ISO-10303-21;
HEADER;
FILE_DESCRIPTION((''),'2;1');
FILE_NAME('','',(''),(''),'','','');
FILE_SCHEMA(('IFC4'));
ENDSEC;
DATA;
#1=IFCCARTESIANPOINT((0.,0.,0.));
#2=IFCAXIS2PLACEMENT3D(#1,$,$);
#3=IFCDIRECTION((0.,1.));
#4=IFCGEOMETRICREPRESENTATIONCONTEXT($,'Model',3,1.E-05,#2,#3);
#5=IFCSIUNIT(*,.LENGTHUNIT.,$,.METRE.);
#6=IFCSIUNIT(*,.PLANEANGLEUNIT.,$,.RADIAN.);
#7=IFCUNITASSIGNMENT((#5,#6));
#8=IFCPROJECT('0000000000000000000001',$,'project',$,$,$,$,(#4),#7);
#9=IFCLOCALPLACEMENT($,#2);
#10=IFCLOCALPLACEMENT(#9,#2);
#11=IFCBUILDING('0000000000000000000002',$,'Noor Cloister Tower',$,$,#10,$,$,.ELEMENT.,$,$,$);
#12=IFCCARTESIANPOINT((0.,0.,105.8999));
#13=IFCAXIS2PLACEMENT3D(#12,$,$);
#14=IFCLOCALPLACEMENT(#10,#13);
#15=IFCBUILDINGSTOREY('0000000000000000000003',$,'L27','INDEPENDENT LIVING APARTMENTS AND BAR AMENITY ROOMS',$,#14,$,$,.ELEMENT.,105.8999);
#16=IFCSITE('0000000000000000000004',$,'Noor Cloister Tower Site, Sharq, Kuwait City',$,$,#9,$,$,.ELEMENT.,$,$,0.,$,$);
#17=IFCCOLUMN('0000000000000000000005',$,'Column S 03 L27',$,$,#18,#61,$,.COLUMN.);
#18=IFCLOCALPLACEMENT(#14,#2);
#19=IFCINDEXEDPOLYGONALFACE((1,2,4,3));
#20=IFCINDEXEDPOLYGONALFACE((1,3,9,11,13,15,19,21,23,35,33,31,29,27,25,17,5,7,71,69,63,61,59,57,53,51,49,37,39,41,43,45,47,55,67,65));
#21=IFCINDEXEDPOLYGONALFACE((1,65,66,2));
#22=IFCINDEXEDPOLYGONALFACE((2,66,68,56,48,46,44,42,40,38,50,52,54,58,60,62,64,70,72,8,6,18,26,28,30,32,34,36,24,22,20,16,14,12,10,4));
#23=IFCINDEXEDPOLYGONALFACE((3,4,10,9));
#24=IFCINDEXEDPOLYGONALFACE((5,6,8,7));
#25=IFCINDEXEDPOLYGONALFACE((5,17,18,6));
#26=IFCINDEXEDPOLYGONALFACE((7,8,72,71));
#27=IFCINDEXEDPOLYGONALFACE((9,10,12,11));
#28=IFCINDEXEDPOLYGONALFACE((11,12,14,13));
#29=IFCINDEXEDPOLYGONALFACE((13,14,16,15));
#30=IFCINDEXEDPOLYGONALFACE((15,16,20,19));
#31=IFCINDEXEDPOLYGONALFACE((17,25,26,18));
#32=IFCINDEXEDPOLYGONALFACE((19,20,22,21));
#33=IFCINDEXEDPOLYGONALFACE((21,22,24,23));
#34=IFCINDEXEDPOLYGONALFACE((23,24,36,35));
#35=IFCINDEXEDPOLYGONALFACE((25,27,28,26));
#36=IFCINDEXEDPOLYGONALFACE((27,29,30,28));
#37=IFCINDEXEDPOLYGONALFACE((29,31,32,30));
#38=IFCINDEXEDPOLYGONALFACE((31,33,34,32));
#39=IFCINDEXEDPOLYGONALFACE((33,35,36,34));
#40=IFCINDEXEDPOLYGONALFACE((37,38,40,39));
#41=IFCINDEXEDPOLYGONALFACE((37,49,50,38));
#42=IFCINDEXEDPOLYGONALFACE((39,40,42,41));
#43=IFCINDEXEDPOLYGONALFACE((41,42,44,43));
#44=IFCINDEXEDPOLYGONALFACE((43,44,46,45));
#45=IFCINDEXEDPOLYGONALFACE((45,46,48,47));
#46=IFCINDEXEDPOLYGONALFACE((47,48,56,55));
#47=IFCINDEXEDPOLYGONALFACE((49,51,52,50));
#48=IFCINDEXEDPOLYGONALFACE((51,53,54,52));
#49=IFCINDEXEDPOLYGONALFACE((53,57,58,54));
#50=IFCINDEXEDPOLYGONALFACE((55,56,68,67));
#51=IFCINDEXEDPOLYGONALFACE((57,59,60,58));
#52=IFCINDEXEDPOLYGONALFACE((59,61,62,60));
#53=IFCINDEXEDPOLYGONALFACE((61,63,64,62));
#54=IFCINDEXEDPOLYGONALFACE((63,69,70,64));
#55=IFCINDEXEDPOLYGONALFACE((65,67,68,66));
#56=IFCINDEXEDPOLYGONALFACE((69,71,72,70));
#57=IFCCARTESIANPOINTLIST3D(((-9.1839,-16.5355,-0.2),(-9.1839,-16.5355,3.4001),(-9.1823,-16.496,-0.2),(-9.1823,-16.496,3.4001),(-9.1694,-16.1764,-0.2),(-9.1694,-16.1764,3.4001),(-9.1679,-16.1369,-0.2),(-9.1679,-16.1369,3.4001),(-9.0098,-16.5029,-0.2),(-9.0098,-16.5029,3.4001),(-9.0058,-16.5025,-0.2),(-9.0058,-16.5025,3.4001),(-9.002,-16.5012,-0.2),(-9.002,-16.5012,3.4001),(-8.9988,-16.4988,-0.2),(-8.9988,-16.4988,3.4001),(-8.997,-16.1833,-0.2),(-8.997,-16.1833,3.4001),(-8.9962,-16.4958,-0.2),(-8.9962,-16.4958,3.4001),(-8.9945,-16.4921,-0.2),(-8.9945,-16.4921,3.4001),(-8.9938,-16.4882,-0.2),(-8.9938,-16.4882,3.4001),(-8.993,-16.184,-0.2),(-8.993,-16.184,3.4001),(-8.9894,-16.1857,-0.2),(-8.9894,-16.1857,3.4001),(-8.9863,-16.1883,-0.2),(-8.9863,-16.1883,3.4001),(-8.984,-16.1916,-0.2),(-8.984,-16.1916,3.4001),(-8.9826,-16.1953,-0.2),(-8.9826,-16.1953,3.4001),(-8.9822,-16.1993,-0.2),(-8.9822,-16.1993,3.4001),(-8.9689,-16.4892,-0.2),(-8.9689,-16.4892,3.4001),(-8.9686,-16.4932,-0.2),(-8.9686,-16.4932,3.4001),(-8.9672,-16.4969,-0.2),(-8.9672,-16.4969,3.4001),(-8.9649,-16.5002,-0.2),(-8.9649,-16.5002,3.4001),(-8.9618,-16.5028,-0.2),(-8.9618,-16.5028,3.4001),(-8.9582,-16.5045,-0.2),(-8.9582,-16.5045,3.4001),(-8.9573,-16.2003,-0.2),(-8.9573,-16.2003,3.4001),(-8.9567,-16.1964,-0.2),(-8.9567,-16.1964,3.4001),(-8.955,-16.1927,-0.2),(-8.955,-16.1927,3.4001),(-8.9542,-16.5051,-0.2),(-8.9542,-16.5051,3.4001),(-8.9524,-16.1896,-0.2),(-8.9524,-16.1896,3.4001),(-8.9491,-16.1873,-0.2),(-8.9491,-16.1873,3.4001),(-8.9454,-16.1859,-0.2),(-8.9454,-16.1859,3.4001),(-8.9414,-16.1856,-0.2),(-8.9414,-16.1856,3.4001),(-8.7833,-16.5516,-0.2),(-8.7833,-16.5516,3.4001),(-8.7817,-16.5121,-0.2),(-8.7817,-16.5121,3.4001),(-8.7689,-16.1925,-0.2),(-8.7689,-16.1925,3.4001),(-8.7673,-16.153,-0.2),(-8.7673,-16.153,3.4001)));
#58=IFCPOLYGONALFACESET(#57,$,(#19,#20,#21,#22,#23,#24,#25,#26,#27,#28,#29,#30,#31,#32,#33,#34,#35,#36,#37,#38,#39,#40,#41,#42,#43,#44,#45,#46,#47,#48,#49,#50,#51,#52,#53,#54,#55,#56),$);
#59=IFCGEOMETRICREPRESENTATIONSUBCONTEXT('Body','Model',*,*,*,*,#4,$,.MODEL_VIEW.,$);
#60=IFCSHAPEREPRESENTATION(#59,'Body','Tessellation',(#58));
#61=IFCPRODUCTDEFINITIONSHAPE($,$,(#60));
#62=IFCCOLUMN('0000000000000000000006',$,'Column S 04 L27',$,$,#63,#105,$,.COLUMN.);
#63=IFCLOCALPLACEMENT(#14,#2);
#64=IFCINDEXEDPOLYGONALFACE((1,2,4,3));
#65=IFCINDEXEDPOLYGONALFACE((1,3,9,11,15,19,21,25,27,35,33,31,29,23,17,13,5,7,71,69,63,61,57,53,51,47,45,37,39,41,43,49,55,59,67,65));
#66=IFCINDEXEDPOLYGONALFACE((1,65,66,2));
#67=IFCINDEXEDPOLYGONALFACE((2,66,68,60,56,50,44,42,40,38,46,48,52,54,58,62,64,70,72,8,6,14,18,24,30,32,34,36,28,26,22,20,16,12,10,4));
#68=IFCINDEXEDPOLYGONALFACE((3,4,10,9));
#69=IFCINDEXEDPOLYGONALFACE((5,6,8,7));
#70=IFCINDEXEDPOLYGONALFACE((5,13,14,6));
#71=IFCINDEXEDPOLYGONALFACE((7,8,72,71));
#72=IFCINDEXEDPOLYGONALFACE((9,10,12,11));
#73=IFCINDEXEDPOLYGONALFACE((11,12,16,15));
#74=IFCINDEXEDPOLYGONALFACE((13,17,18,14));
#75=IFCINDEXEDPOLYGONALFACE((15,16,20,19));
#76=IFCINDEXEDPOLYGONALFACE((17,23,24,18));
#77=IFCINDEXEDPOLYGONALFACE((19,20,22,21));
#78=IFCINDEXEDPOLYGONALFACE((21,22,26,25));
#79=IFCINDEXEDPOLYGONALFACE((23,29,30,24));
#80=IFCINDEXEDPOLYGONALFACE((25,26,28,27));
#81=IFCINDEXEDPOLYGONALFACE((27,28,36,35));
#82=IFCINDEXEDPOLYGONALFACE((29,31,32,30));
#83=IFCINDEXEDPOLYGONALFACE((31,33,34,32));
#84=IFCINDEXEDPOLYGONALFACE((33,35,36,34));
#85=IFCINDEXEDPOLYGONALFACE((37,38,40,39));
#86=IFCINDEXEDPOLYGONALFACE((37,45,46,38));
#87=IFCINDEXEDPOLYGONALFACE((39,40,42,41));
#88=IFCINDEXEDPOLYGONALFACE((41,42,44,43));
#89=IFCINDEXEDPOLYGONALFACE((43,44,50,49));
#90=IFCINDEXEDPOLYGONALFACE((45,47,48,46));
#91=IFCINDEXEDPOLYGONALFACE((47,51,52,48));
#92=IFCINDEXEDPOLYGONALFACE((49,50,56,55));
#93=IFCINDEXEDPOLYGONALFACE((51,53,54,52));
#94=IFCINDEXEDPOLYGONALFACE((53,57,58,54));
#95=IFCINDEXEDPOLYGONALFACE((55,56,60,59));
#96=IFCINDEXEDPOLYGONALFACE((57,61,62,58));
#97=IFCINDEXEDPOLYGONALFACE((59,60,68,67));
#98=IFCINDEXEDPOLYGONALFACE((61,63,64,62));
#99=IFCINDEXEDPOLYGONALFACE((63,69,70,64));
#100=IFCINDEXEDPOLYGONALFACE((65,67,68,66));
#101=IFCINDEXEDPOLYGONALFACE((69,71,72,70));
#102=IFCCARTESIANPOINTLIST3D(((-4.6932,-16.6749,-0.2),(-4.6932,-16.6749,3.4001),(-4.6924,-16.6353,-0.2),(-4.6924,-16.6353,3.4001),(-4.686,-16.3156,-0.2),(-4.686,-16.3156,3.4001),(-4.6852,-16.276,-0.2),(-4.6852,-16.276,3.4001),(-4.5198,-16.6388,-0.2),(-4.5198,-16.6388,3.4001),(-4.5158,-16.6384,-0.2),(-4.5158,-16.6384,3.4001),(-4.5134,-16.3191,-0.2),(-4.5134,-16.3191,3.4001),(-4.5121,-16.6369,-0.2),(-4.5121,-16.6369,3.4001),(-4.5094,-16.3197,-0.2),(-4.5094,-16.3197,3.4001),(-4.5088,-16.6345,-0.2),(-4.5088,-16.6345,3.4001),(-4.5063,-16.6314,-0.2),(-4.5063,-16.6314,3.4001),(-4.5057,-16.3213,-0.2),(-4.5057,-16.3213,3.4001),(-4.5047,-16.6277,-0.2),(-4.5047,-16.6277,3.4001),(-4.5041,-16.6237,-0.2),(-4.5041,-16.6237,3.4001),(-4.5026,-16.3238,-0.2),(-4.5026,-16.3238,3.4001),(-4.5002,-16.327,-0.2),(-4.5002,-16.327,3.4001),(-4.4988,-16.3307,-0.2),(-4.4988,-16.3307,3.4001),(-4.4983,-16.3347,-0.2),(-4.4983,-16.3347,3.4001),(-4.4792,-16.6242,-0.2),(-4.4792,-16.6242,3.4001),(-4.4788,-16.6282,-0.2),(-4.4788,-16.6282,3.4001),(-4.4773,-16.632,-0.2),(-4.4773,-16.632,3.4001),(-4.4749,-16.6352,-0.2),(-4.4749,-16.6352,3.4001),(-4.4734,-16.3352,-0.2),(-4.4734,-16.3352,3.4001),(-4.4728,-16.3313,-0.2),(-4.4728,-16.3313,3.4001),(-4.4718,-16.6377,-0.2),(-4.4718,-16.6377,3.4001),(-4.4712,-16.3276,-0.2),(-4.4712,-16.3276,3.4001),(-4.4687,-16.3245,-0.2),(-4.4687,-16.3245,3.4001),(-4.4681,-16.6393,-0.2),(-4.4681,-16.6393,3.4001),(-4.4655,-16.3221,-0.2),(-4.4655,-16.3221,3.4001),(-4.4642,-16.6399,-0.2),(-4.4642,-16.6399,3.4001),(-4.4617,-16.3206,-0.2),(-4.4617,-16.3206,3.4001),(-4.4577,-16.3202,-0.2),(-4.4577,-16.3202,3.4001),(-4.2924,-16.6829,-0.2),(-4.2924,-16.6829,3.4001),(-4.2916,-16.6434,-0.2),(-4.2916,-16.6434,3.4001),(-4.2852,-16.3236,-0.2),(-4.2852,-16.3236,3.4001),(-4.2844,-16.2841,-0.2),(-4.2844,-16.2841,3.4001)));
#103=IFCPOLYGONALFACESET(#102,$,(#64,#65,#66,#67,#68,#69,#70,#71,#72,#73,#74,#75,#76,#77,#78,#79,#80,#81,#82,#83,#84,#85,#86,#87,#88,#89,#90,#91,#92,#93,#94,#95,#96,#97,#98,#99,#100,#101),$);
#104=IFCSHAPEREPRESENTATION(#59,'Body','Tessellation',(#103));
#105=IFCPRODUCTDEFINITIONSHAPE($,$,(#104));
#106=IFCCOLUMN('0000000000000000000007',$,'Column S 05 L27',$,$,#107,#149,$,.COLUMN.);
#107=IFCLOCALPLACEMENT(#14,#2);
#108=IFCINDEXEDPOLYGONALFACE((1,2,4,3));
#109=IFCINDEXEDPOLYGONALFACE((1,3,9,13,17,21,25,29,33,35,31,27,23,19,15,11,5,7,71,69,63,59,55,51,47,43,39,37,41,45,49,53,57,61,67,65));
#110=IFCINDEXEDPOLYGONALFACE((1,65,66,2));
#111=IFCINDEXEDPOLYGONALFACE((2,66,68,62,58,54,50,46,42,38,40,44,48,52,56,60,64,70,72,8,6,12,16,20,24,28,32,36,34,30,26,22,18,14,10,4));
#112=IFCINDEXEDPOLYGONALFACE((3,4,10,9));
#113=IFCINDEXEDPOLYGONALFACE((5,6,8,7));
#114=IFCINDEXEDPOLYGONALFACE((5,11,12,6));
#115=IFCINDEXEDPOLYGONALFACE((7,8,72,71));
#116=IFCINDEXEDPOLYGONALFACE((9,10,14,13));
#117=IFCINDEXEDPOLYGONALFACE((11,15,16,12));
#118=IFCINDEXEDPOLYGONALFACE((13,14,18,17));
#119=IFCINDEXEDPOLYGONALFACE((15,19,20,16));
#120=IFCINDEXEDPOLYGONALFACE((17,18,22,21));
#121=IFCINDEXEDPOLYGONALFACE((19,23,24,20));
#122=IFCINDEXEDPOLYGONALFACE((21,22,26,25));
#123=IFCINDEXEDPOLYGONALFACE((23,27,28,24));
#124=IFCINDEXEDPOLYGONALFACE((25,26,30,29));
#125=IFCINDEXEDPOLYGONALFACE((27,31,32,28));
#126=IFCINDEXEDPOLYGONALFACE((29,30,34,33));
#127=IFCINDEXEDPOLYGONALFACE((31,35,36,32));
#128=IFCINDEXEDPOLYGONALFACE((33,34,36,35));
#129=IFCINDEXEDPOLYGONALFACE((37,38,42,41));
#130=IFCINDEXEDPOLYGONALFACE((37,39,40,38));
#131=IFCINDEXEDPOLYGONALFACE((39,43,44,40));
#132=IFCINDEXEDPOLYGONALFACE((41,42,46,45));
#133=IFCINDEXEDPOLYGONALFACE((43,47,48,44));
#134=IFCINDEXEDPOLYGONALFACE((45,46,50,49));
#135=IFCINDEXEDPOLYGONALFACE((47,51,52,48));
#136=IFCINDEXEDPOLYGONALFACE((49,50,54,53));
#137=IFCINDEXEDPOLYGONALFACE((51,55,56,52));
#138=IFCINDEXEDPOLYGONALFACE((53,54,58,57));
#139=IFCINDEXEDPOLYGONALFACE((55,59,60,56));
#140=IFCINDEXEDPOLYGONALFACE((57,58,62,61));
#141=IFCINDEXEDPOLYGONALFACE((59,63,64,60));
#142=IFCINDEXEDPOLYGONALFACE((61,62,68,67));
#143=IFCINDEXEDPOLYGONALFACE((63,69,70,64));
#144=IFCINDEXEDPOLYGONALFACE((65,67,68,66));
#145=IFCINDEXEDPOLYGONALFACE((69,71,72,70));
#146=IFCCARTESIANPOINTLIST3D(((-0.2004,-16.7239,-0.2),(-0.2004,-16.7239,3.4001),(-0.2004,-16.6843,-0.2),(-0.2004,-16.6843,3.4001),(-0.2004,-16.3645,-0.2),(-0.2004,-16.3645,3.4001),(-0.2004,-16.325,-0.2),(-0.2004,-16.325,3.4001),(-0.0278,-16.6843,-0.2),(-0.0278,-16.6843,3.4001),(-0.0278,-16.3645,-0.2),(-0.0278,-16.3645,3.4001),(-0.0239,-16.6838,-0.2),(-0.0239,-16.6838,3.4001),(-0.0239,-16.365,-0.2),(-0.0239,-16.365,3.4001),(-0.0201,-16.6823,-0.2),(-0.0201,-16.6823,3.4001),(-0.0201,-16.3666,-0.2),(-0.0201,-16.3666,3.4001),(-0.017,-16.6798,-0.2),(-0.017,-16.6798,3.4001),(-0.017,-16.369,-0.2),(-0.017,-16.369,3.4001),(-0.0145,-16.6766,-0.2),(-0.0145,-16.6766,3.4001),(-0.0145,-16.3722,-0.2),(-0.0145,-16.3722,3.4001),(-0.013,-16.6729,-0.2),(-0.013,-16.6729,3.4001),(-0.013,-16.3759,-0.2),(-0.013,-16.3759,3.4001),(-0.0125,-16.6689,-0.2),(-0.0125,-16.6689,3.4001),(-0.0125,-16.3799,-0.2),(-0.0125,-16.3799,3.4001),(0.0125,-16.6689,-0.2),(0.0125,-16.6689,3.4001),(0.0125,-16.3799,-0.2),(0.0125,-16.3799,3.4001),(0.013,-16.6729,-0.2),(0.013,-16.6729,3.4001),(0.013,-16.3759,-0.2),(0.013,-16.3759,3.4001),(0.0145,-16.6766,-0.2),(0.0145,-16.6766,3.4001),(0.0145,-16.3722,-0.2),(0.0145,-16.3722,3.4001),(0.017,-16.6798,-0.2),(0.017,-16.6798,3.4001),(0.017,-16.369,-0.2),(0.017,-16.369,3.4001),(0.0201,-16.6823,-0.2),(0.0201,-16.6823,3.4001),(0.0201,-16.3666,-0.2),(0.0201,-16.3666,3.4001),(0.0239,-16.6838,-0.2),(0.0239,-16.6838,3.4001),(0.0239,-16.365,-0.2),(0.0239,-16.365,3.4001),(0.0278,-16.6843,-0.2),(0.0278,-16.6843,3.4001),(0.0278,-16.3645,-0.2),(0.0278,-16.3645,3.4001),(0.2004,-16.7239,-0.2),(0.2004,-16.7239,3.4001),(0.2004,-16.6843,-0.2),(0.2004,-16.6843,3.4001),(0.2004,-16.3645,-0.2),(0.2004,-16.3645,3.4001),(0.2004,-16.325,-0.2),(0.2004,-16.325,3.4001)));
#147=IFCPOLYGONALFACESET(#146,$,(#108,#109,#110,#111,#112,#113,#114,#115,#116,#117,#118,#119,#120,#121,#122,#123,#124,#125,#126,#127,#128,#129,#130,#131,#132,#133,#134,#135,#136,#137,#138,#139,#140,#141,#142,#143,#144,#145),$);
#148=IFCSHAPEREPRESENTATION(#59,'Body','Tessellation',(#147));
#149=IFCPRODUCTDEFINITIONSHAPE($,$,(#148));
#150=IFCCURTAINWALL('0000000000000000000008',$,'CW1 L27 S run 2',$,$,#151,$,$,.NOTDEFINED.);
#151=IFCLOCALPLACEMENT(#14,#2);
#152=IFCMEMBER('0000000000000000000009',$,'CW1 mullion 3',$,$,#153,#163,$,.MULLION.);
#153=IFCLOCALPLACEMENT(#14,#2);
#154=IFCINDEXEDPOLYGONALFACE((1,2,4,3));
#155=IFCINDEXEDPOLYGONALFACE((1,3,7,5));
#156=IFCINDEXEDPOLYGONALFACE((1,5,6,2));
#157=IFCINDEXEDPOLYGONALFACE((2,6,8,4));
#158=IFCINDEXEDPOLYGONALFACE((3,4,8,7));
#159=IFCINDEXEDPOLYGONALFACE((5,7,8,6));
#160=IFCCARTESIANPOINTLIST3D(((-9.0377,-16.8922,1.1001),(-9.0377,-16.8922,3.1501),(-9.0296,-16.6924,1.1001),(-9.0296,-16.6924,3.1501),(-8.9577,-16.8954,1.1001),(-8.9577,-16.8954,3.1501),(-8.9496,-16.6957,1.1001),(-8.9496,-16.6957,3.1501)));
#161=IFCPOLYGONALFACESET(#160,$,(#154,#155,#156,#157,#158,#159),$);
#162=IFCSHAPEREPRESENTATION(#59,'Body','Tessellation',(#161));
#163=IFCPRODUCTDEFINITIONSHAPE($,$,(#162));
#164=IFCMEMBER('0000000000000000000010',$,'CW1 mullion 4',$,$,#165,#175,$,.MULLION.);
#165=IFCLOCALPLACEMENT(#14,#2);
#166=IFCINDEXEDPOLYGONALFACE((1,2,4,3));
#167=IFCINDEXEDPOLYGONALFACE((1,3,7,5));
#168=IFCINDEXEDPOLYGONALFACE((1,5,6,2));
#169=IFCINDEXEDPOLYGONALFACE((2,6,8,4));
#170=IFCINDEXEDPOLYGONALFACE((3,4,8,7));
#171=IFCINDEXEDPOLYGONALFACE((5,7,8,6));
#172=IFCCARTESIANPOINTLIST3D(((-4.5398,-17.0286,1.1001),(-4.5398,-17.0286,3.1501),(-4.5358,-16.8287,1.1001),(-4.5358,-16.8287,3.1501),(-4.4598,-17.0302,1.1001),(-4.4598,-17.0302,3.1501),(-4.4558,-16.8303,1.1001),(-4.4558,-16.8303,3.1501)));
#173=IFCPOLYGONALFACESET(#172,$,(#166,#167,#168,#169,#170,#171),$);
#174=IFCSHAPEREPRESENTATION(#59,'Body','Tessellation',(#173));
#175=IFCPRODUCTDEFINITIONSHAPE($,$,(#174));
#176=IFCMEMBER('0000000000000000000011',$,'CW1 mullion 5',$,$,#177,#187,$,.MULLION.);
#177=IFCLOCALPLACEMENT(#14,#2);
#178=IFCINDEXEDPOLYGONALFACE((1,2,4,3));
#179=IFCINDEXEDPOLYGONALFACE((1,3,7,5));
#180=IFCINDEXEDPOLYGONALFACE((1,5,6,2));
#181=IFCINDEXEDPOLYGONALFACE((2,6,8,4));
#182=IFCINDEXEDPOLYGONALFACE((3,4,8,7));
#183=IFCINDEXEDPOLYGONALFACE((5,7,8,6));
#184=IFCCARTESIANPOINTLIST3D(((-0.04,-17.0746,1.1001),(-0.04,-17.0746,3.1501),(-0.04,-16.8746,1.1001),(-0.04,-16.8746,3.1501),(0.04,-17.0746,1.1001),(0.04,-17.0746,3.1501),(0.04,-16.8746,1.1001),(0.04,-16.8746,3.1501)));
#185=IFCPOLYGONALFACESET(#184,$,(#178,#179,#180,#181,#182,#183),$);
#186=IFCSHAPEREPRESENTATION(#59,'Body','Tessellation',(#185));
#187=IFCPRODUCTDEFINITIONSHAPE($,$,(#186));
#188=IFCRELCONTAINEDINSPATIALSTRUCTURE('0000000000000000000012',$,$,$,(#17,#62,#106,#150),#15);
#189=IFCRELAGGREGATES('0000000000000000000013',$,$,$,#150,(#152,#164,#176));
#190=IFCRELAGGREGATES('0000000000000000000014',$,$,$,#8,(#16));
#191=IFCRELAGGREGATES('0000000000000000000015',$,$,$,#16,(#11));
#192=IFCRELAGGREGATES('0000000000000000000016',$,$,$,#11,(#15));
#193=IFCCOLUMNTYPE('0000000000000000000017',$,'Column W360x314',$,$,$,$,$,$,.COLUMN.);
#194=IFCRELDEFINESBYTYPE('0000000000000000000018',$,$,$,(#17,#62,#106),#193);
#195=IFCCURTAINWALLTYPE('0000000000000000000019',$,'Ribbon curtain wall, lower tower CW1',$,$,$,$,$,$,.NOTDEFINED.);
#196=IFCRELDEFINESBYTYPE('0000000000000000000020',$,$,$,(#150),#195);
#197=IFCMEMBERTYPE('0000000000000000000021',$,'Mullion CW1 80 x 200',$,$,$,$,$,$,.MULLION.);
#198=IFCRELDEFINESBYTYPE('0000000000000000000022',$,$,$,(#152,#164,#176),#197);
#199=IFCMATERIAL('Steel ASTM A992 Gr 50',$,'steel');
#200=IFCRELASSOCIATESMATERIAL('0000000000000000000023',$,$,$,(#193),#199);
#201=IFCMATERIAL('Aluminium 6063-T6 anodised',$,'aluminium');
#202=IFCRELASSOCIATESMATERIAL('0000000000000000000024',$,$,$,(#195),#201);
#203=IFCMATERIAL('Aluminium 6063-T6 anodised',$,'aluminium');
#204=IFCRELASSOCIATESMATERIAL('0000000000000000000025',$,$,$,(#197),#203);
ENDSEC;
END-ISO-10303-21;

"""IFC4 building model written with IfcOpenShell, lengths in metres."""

from ifc_helpers import new_model, si_unit, direction, frame, origin, origin_2d, place, context, subcontext, project, spatial, rectangle, i_section, extrude, material, material_profile, profile_set, type_object, element, aggregate, save


model = new_model("IFC4")

# Units and contexts
model_context = context("Model", 3, precision=1e-05, world=origin(), true_north=direction((0.0, 1.0)))
body_context = subcontext(model_context, "Body", "Model", "MODEL_VIEW")
ifc_project = project(units=[si_unit("LENGTHUNIT", "METRE"), si_unit("PLANEANGLEUNIT", "RADIAN")], contexts=[model_context])

# Site, building, storey
site_placement = place(None, origin())
site = spatial("IfcSite", under=ifc_project, at=site_placement, Name="Noor Cloister Tower Site, Sharq, Kuwait City", CompositionType="ELEMENT", RefElevation=0.0)
building_placement = place(site_placement, origin())
building = spatial("IfcBuilding", under=site, at=building_placement, Name="Noor Cloister Tower", CompositionType="ELEMENT")
storey_placement = place(building_placement, frame((0.0, 0.0, 105.8999)))
storey = spatial("IfcBuildingStorey", under=building, at=storey_placement, Name="L27", Description="INDEPENDENT LIVING APARTMENTS AND BAR AMENITY ROOMS", CompositionType="ELEMENT", Elevation=105.8999)

# Columns
ifc_material_1 = material(Name="Steel ASTM A992 Gr 50", Category="steel")
ifc_material_profile_1 = material_profile(ifc_material_1, i_section(OverallWidth=0.4009, OverallDepth=0.3989, WebThickness=0.0249, FlangeThickness=0.0396, FilletRadius=0.0154, at=origin_2d()), Name="W360x314")
ifc_profile_set_1 = profile_set([ifc_material_profile_1], Name="Steel ASTM A992 Gr 50")
column_type = type_object("IfcColumnType", Name="Column W360x314", PredefinedType="COLUMN", material=ifc_profile_set_1)
for number, where, z_axis, x_axis, name in (
    (1, (-8.9756, -16.3442, -0.2), (0.0, 0.0, 1.0), (0.999194, -0.040147, 0.0), "Column S 03 L27"),
    (2, (-4.4888, -16.4795, -0.2), (0.0, 0.0, 1.0), (0.999798, -0.020077, 0.0), "Column S 04 L27"),
    (3, (0.0, -16.5244, -0.2), (0.0, 0.0, 1.0), (1.0, 0.0, 0.0), "Column S 05 L27"),
):
    element("IfcColumn", number, at=place(storey_placement, frame(where, z_axis=z_axis, x_axis=x_axis)), inside=storey, type_object=column_type, Name=name, PredefinedType="COLUMN", context=body_context, shape_type="SweptSolid", body=[
        extrude(i_section(OverallWidth=0.4009, OverallDepth=0.3989, WebThickness=0.0249, FlangeThickness=0.0396, FilletRadius=0.0154, at=origin_2d()), origin(), (0.0, 0.0, 1.0), 3.6001),
    ])

# Curtain wall, members
ifc_material_2 = material(Name="Aluminium 6063-T6 anodised", Category="aluminium")
curtain_wall_type = type_object("IfcCurtainWallType", Name="Ribbon curtain wall, lower tower CW1", PredefinedType="NOTDEFINED", material=ifc_material_2)
curtain_wall_placement = place(storey_placement, origin())
curtain_wall = element("IfcCurtainWall", 4, at=curtain_wall_placement, inside=storey, type_object=curtain_wall_type, Name="CW1 L27 S run 2", PredefinedType="NOTDEFINED")
ifc_material_3 = material(Name="Aluminium 6063-T6 anodised", Category="aluminium")
ifc_material_profile_2 = material_profile(ifc_material_3, rectangle(XDim=0.2, YDim=0.0801, at=origin_2d()), Name="200 x 80 mullion")
ifc_profile_set_2 = profile_set([ifc_material_profile_2], Name="Aluminium 6063-T6 anodised")
member_type = type_object("IfcMemberType", Name="Mullion CW1 80 x 200", PredefinedType="MULLION", material=ifc_profile_set_2)
member_1_placement = place(storey_placement, frame((-8.9937, -16.7939, 1.1001), z_axis=(0.0, 0.0, 1.0), x_axis=(0.040147, 0.999194, 0.0)))
member_1 = element("IfcMember", 5, at=member_1_placement, type_object=member_type, Name="CW1 mullion 3", PredefinedType="MULLION", context=body_context, shape_type="SweptSolid", body=[
    extrude(rectangle(XDim=0.2, YDim=0.0801, at=origin_2d()), origin(), (0.0, 0.0, 1.0), 2.05),
])
member_2_placement = place(storey_placement, frame((-4.4978, -16.9294, 1.1001), z_axis=(0.0, 0.0, 1.0), x_axis=(0.020077, 0.999798, 0.0)))
member_2 = element("IfcMember", 6, at=member_2_placement, type_object=member_type, Name="CW1 mullion 4", PredefinedType="MULLION", context=body_context, shape_type="SweptSolid", body=[
    extrude(rectangle(XDim=0.2, YDim=0.0801, at=origin_2d()), origin(), (0.0, 0.0, 1.0), 2.05),
])
member_3_placement = place(storey_placement, frame((0.0, -16.9746, 1.1001), z_axis=(0.0, 0.0, 1.0), x_axis=(0.0, 1.0, 0.0)))
member_3 = element("IfcMember", 7, at=member_3_placement, type_object=member_type, Name="CW1 mullion 5", PredefinedType="MULLION", context=body_context, shape_type="SweptSolid", body=[
    extrude(rectangle(XDim=0.2, YDim=0.0801, at=origin_2d()), origin(), (0.0, 0.0, 1.0), 2.05),
])

aggregate(curtain_wall, [member_1, member_2, member_3])

save(model, "model.ifc")
